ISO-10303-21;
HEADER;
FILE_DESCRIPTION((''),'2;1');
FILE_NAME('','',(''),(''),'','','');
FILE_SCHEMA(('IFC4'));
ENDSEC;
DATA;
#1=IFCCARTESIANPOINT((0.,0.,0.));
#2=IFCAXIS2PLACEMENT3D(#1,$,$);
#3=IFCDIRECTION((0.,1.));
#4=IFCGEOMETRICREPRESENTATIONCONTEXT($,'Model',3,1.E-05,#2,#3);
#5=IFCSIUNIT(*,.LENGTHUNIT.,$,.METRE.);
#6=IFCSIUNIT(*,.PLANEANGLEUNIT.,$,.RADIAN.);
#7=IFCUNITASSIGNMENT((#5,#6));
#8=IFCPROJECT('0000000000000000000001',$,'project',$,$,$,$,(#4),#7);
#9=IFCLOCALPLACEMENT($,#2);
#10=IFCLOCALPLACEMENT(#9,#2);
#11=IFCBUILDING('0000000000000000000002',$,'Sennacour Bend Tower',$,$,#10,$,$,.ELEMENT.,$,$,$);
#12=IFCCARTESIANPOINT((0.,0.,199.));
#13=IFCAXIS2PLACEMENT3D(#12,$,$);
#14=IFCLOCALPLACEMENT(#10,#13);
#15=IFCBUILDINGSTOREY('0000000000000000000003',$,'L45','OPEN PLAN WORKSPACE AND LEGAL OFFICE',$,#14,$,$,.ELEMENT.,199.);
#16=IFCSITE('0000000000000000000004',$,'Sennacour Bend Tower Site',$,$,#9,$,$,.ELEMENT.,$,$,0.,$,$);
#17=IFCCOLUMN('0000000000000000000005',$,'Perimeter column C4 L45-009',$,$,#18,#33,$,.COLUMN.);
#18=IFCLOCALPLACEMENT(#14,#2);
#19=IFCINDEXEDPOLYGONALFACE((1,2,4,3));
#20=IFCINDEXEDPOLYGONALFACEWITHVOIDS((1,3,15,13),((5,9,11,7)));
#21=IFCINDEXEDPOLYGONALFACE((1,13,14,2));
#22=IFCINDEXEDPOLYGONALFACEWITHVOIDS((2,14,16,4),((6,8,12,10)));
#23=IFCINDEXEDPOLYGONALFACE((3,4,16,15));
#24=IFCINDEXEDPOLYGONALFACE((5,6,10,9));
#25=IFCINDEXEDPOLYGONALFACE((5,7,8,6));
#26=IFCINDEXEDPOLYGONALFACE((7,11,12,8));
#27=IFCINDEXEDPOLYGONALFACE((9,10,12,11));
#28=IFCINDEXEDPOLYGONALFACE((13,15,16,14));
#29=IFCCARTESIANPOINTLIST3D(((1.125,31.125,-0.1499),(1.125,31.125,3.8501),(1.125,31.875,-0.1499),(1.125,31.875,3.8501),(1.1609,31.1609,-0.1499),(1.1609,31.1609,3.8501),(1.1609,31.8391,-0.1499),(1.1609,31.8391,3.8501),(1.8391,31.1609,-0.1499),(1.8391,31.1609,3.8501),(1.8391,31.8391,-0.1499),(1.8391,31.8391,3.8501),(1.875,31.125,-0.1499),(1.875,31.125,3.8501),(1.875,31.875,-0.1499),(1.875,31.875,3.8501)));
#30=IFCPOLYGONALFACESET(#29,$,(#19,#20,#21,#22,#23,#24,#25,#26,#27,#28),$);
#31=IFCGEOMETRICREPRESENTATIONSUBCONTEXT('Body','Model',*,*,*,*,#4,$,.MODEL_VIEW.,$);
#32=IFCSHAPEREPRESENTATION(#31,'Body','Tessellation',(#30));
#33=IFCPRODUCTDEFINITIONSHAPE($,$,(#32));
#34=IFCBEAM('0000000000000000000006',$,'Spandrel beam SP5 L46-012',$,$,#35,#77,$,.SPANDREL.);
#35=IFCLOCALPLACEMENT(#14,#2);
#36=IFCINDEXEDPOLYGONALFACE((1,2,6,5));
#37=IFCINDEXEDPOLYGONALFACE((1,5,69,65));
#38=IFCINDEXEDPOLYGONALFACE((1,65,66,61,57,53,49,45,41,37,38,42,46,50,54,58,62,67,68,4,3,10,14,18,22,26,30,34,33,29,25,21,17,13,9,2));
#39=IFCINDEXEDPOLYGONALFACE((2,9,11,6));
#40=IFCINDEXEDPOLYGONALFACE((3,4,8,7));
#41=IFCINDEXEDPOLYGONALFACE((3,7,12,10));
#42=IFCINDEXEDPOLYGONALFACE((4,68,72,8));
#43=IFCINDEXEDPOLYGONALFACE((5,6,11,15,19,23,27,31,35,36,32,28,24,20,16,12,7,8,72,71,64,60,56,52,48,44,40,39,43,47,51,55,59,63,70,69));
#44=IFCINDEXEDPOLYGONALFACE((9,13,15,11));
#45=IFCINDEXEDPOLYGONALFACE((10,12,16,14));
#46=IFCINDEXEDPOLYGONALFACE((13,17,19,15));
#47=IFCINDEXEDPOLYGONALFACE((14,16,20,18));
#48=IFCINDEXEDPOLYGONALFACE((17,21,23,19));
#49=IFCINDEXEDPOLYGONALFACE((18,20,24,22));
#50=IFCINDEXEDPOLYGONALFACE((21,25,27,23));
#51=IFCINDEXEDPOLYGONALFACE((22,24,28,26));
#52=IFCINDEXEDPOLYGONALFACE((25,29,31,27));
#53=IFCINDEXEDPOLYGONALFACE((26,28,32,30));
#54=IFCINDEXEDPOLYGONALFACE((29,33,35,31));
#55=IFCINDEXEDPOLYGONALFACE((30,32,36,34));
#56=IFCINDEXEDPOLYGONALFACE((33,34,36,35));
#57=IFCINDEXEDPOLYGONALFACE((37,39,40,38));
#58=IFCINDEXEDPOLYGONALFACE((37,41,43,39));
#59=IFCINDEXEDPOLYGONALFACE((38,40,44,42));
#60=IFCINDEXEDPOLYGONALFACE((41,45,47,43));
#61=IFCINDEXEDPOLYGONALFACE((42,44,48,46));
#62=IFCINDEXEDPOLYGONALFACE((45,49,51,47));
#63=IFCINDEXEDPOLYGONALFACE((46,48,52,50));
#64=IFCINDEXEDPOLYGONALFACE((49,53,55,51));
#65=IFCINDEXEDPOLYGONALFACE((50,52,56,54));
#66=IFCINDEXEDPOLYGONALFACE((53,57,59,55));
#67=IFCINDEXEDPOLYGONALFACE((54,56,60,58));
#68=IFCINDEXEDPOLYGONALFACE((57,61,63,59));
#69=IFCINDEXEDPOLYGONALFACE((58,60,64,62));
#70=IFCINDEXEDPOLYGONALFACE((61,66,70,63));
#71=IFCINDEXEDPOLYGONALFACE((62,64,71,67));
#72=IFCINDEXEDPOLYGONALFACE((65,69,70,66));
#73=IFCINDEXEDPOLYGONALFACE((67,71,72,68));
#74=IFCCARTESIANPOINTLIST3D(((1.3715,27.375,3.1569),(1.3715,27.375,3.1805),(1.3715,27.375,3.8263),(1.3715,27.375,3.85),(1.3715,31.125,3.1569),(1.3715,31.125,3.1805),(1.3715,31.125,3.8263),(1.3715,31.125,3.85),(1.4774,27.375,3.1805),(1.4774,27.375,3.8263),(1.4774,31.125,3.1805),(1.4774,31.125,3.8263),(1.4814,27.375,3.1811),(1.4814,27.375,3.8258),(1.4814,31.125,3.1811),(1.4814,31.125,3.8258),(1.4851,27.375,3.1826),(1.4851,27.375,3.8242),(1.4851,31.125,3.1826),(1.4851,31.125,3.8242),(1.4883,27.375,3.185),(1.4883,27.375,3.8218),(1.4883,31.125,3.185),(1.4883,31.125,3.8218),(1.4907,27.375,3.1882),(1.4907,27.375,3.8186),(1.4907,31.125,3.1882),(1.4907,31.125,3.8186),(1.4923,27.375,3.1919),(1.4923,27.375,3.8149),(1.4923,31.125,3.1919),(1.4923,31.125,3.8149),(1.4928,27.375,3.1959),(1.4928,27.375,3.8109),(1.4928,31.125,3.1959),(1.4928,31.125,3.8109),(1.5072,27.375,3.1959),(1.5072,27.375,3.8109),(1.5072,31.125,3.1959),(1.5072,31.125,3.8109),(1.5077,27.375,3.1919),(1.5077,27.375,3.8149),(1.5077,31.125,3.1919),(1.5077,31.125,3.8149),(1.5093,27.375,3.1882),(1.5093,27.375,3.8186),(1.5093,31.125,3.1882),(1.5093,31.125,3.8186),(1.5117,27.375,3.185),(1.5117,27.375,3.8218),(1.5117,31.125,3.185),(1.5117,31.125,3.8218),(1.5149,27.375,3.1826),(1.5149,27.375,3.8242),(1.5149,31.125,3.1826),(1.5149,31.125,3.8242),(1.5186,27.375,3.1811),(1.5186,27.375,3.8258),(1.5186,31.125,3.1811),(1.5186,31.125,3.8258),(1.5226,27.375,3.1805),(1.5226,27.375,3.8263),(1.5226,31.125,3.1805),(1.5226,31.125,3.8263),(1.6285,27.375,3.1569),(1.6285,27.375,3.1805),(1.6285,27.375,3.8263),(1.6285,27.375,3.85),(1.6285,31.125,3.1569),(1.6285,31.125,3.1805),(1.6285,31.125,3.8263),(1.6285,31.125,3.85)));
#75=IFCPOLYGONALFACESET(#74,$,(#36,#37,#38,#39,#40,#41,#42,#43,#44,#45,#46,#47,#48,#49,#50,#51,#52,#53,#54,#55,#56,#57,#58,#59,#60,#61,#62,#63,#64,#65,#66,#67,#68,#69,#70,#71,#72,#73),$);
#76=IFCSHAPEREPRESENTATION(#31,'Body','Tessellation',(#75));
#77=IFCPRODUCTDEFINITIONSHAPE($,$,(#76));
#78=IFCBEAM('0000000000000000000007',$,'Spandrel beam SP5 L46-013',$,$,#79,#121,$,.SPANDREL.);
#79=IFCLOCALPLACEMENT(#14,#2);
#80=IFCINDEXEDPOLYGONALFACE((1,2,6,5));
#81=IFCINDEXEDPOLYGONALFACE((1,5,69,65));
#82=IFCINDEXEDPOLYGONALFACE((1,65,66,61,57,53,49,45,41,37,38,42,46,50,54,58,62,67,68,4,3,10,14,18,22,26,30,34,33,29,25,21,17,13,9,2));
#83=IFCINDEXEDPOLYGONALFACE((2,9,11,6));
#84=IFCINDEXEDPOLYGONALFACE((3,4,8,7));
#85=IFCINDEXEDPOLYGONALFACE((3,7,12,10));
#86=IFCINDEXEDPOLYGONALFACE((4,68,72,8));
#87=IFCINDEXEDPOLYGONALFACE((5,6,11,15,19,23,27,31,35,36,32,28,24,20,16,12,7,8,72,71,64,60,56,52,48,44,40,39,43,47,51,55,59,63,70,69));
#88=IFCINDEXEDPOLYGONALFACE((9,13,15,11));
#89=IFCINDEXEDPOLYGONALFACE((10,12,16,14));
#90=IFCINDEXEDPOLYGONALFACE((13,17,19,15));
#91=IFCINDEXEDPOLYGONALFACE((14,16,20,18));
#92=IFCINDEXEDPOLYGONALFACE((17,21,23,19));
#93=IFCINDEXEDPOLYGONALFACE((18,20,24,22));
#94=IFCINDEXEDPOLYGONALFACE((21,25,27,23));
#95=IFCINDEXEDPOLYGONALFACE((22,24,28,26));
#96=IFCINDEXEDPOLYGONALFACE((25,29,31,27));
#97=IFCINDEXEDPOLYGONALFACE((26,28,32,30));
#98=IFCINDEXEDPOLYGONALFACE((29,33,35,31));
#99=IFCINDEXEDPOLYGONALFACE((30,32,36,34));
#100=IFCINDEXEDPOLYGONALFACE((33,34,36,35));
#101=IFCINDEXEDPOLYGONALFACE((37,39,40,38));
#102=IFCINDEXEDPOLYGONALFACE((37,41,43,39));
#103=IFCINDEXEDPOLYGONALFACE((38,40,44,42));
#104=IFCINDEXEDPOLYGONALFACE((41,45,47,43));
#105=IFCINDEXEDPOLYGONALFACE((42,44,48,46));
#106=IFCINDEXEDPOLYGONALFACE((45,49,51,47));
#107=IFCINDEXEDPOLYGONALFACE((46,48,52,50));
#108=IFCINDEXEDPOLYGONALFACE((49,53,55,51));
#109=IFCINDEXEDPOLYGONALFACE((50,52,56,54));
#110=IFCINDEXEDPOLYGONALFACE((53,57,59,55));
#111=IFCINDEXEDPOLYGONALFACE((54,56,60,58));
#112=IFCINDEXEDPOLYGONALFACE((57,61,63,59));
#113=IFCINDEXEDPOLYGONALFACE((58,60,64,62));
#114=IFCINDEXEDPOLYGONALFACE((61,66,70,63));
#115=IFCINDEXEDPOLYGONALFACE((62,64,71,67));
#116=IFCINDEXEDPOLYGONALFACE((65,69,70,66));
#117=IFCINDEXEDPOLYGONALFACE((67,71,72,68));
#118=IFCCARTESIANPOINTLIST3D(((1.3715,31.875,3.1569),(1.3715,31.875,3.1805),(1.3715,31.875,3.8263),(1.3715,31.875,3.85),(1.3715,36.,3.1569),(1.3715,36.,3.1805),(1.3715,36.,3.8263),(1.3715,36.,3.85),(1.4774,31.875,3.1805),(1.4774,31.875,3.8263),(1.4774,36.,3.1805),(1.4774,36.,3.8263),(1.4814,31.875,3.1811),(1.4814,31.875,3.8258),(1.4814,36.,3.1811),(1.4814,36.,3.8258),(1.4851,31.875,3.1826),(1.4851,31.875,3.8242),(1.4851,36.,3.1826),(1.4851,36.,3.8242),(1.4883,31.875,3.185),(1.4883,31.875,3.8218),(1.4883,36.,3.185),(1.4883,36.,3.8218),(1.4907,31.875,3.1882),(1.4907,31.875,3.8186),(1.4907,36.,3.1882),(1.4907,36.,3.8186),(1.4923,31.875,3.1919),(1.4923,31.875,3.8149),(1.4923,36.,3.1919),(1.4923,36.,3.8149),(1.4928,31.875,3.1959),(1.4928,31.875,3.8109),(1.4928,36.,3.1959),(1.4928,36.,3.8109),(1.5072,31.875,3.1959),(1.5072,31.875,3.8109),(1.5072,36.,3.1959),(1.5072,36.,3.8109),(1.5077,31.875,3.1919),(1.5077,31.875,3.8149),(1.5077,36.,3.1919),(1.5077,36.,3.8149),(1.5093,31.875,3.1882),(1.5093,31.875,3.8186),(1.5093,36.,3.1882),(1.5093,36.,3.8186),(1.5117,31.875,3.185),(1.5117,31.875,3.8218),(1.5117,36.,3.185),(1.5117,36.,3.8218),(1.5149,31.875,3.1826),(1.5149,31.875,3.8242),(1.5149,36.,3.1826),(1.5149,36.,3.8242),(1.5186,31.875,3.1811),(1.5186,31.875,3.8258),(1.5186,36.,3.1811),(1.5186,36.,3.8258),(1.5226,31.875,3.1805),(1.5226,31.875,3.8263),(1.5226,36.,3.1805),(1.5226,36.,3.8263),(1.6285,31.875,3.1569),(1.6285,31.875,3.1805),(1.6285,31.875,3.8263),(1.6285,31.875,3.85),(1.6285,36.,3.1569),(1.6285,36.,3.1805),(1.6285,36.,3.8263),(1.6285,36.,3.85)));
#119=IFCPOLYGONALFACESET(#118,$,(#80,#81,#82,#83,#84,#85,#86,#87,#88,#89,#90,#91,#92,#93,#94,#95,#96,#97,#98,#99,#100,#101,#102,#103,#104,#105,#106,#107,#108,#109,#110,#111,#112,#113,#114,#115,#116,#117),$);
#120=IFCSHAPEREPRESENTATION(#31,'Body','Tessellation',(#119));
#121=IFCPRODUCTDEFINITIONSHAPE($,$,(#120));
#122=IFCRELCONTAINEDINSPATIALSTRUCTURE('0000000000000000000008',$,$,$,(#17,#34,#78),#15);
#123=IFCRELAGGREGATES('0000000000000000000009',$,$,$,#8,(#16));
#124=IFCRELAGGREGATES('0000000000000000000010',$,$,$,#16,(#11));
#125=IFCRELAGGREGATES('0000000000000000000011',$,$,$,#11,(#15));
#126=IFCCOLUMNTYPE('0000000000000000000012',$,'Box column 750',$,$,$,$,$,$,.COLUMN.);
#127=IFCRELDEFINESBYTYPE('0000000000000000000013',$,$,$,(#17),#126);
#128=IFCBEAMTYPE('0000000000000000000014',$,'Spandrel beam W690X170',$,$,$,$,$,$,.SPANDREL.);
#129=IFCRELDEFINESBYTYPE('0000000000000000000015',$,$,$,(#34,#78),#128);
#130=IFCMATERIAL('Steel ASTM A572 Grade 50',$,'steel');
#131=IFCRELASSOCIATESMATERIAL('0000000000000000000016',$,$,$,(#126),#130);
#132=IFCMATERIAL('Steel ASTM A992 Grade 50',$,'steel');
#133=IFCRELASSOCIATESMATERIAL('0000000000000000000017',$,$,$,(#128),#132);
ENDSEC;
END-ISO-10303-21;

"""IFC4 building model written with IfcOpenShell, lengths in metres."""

from ifc_helpers import new_model, si_unit, direction, frame, origin, origin_2d, place, context, subcontext, project, spatial, hollow_rectangle, i_section, extrude, material, material_profile, profile_set, type_object, element, save


model = new_model("IFC4")

# Units and contexts
model_context = context("Model", 3, precision=1e-05, world=origin(), true_north=direction((0.0, 1.0)))
body_context = subcontext(model_context, "Body", "Model", "MODEL_VIEW")
ifc_project = project(units=[si_unit("LENGTHUNIT", "METRE"), si_unit("PLANEANGLEUNIT", "RADIAN")], contexts=[model_context])

# Site, building, storey
site_placement = place(None, origin())
site = spatial("IfcSite", under=ifc_project, at=site_placement, Name="Sennacour Bend Tower Site", CompositionType="ELEMENT", RefElevation=0.0)
building_placement = place(site_placement, origin())
building = spatial("IfcBuilding", under=site, at=building_placement, Name="Sennacour Bend Tower", CompositionType="ELEMENT")
storey_placement = place(building_placement, frame((0.0, 0.0, 199.0)))
storey = spatial("IfcBuildingStorey", under=building, at=storey_placement, Name="L45", Description="OPEN PLAN WORKSPACE AND LEGAL OFFICE", CompositionType="ELEMENT", Elevation=199.0)

# Column
ifc_material_1 = material(Name="Steel ASTM A572 Grade 50", Category="steel")
ifc_material_profile_1 = material_profile(ifc_material_1, hollow_rectangle(XDim=0.75, YDim=0.75, WallThickness=0.0359, at=origin_2d()), Name="Steel ASTM A572 Grade 50", Category="steel")
ifc_profile_set_1 = profile_set([ifc_material_profile_1], Name="Steel ASTM A572 Grade 50")
column_type = type_object("IfcColumnType", Name="Box column 750", PredefinedType="COLUMN", material=ifc_profile_set_1)
column_placement = place(storey_placement, frame((1.5, 31.5, -0.1499), z_axis=(0.0, 0.0, 1.0), x_axis=(1.0, 0.0, 0.0)))
element("IfcColumn", 1, at=column_placement, inside=storey, type_object=column_type, Name="Perimeter column C4 L45-009", PredefinedType="COLUMN", context=body_context, shape_type="SweptSolid", body=[
    extrude(hollow_rectangle(XDim=0.75, YDim=0.75, WallThickness=0.0359, at=origin_2d()), origin(), (0.0, 0.0, 1.0), 4.0),
])

# Beams
ifc_material_2 = material(Name="Steel ASTM A992 Grade 50", Category="steel")
ifc_material_profile_2 = material_profile(ifc_material_2, i_section(OverallWidth=0.2571, OverallDepth=0.6931, WebThickness=0.0144, FlangeThickness=0.0237, FilletRadius=0.0154, at=origin_2d()), Name="Steel ASTM A992 Grade 50", Category="steel")
ifc_profile_set_2 = profile_set([ifc_material_profile_2], Name="Steel ASTM A992 Grade 50")
beam_type = type_object("IfcBeamType", Name="Spandrel beam W690X170", PredefinedType="SPANDREL", material=ifc_profile_set_2)
beam_1_placement = place(storey_placement, frame((1.5, 27.375, 3.5034), z_axis=(0.0, 1.0, 0.0), x_axis=(-1.0, 0.0, 0.0)))
element("IfcBeam", 2, at=beam_1_placement, inside=storey, type_object=beam_type, Name="Spandrel beam SP5 L46-012", PredefinedType="SPANDREL", context=body_context, shape_type="SweptSolid", body=[
    extrude(i_section(OverallWidth=0.2571, OverallDepth=0.6931, WebThickness=0.0144, FlangeThickness=0.0237, FilletRadius=0.0154, at=origin_2d()), origin(), (0.0, 0.0, 1.0), 3.75),
])
beam_2_placement = place(storey_placement, frame((1.5, 31.875, 3.5034), z_axis=(0.0, 1.0, 0.0), x_axis=(-1.0, 0.0, 0.0)))
element("IfcBeam", 3, at=beam_2_placement, inside=storey, type_object=beam_type, Name="Spandrel beam SP5 L46-013", PredefinedType="SPANDREL", context=body_context, shape_type="SweptSolid", body=[
    extrude(i_section(OverallWidth=0.2571, OverallDepth=0.6931, WebThickness=0.0144, FlangeThickness=0.0237, FilletRadius=0.0154, at=origin_2d()), origin(), (0.0, 0.0, 1.0), 4.125),
])

save(model, "model.ifc")
